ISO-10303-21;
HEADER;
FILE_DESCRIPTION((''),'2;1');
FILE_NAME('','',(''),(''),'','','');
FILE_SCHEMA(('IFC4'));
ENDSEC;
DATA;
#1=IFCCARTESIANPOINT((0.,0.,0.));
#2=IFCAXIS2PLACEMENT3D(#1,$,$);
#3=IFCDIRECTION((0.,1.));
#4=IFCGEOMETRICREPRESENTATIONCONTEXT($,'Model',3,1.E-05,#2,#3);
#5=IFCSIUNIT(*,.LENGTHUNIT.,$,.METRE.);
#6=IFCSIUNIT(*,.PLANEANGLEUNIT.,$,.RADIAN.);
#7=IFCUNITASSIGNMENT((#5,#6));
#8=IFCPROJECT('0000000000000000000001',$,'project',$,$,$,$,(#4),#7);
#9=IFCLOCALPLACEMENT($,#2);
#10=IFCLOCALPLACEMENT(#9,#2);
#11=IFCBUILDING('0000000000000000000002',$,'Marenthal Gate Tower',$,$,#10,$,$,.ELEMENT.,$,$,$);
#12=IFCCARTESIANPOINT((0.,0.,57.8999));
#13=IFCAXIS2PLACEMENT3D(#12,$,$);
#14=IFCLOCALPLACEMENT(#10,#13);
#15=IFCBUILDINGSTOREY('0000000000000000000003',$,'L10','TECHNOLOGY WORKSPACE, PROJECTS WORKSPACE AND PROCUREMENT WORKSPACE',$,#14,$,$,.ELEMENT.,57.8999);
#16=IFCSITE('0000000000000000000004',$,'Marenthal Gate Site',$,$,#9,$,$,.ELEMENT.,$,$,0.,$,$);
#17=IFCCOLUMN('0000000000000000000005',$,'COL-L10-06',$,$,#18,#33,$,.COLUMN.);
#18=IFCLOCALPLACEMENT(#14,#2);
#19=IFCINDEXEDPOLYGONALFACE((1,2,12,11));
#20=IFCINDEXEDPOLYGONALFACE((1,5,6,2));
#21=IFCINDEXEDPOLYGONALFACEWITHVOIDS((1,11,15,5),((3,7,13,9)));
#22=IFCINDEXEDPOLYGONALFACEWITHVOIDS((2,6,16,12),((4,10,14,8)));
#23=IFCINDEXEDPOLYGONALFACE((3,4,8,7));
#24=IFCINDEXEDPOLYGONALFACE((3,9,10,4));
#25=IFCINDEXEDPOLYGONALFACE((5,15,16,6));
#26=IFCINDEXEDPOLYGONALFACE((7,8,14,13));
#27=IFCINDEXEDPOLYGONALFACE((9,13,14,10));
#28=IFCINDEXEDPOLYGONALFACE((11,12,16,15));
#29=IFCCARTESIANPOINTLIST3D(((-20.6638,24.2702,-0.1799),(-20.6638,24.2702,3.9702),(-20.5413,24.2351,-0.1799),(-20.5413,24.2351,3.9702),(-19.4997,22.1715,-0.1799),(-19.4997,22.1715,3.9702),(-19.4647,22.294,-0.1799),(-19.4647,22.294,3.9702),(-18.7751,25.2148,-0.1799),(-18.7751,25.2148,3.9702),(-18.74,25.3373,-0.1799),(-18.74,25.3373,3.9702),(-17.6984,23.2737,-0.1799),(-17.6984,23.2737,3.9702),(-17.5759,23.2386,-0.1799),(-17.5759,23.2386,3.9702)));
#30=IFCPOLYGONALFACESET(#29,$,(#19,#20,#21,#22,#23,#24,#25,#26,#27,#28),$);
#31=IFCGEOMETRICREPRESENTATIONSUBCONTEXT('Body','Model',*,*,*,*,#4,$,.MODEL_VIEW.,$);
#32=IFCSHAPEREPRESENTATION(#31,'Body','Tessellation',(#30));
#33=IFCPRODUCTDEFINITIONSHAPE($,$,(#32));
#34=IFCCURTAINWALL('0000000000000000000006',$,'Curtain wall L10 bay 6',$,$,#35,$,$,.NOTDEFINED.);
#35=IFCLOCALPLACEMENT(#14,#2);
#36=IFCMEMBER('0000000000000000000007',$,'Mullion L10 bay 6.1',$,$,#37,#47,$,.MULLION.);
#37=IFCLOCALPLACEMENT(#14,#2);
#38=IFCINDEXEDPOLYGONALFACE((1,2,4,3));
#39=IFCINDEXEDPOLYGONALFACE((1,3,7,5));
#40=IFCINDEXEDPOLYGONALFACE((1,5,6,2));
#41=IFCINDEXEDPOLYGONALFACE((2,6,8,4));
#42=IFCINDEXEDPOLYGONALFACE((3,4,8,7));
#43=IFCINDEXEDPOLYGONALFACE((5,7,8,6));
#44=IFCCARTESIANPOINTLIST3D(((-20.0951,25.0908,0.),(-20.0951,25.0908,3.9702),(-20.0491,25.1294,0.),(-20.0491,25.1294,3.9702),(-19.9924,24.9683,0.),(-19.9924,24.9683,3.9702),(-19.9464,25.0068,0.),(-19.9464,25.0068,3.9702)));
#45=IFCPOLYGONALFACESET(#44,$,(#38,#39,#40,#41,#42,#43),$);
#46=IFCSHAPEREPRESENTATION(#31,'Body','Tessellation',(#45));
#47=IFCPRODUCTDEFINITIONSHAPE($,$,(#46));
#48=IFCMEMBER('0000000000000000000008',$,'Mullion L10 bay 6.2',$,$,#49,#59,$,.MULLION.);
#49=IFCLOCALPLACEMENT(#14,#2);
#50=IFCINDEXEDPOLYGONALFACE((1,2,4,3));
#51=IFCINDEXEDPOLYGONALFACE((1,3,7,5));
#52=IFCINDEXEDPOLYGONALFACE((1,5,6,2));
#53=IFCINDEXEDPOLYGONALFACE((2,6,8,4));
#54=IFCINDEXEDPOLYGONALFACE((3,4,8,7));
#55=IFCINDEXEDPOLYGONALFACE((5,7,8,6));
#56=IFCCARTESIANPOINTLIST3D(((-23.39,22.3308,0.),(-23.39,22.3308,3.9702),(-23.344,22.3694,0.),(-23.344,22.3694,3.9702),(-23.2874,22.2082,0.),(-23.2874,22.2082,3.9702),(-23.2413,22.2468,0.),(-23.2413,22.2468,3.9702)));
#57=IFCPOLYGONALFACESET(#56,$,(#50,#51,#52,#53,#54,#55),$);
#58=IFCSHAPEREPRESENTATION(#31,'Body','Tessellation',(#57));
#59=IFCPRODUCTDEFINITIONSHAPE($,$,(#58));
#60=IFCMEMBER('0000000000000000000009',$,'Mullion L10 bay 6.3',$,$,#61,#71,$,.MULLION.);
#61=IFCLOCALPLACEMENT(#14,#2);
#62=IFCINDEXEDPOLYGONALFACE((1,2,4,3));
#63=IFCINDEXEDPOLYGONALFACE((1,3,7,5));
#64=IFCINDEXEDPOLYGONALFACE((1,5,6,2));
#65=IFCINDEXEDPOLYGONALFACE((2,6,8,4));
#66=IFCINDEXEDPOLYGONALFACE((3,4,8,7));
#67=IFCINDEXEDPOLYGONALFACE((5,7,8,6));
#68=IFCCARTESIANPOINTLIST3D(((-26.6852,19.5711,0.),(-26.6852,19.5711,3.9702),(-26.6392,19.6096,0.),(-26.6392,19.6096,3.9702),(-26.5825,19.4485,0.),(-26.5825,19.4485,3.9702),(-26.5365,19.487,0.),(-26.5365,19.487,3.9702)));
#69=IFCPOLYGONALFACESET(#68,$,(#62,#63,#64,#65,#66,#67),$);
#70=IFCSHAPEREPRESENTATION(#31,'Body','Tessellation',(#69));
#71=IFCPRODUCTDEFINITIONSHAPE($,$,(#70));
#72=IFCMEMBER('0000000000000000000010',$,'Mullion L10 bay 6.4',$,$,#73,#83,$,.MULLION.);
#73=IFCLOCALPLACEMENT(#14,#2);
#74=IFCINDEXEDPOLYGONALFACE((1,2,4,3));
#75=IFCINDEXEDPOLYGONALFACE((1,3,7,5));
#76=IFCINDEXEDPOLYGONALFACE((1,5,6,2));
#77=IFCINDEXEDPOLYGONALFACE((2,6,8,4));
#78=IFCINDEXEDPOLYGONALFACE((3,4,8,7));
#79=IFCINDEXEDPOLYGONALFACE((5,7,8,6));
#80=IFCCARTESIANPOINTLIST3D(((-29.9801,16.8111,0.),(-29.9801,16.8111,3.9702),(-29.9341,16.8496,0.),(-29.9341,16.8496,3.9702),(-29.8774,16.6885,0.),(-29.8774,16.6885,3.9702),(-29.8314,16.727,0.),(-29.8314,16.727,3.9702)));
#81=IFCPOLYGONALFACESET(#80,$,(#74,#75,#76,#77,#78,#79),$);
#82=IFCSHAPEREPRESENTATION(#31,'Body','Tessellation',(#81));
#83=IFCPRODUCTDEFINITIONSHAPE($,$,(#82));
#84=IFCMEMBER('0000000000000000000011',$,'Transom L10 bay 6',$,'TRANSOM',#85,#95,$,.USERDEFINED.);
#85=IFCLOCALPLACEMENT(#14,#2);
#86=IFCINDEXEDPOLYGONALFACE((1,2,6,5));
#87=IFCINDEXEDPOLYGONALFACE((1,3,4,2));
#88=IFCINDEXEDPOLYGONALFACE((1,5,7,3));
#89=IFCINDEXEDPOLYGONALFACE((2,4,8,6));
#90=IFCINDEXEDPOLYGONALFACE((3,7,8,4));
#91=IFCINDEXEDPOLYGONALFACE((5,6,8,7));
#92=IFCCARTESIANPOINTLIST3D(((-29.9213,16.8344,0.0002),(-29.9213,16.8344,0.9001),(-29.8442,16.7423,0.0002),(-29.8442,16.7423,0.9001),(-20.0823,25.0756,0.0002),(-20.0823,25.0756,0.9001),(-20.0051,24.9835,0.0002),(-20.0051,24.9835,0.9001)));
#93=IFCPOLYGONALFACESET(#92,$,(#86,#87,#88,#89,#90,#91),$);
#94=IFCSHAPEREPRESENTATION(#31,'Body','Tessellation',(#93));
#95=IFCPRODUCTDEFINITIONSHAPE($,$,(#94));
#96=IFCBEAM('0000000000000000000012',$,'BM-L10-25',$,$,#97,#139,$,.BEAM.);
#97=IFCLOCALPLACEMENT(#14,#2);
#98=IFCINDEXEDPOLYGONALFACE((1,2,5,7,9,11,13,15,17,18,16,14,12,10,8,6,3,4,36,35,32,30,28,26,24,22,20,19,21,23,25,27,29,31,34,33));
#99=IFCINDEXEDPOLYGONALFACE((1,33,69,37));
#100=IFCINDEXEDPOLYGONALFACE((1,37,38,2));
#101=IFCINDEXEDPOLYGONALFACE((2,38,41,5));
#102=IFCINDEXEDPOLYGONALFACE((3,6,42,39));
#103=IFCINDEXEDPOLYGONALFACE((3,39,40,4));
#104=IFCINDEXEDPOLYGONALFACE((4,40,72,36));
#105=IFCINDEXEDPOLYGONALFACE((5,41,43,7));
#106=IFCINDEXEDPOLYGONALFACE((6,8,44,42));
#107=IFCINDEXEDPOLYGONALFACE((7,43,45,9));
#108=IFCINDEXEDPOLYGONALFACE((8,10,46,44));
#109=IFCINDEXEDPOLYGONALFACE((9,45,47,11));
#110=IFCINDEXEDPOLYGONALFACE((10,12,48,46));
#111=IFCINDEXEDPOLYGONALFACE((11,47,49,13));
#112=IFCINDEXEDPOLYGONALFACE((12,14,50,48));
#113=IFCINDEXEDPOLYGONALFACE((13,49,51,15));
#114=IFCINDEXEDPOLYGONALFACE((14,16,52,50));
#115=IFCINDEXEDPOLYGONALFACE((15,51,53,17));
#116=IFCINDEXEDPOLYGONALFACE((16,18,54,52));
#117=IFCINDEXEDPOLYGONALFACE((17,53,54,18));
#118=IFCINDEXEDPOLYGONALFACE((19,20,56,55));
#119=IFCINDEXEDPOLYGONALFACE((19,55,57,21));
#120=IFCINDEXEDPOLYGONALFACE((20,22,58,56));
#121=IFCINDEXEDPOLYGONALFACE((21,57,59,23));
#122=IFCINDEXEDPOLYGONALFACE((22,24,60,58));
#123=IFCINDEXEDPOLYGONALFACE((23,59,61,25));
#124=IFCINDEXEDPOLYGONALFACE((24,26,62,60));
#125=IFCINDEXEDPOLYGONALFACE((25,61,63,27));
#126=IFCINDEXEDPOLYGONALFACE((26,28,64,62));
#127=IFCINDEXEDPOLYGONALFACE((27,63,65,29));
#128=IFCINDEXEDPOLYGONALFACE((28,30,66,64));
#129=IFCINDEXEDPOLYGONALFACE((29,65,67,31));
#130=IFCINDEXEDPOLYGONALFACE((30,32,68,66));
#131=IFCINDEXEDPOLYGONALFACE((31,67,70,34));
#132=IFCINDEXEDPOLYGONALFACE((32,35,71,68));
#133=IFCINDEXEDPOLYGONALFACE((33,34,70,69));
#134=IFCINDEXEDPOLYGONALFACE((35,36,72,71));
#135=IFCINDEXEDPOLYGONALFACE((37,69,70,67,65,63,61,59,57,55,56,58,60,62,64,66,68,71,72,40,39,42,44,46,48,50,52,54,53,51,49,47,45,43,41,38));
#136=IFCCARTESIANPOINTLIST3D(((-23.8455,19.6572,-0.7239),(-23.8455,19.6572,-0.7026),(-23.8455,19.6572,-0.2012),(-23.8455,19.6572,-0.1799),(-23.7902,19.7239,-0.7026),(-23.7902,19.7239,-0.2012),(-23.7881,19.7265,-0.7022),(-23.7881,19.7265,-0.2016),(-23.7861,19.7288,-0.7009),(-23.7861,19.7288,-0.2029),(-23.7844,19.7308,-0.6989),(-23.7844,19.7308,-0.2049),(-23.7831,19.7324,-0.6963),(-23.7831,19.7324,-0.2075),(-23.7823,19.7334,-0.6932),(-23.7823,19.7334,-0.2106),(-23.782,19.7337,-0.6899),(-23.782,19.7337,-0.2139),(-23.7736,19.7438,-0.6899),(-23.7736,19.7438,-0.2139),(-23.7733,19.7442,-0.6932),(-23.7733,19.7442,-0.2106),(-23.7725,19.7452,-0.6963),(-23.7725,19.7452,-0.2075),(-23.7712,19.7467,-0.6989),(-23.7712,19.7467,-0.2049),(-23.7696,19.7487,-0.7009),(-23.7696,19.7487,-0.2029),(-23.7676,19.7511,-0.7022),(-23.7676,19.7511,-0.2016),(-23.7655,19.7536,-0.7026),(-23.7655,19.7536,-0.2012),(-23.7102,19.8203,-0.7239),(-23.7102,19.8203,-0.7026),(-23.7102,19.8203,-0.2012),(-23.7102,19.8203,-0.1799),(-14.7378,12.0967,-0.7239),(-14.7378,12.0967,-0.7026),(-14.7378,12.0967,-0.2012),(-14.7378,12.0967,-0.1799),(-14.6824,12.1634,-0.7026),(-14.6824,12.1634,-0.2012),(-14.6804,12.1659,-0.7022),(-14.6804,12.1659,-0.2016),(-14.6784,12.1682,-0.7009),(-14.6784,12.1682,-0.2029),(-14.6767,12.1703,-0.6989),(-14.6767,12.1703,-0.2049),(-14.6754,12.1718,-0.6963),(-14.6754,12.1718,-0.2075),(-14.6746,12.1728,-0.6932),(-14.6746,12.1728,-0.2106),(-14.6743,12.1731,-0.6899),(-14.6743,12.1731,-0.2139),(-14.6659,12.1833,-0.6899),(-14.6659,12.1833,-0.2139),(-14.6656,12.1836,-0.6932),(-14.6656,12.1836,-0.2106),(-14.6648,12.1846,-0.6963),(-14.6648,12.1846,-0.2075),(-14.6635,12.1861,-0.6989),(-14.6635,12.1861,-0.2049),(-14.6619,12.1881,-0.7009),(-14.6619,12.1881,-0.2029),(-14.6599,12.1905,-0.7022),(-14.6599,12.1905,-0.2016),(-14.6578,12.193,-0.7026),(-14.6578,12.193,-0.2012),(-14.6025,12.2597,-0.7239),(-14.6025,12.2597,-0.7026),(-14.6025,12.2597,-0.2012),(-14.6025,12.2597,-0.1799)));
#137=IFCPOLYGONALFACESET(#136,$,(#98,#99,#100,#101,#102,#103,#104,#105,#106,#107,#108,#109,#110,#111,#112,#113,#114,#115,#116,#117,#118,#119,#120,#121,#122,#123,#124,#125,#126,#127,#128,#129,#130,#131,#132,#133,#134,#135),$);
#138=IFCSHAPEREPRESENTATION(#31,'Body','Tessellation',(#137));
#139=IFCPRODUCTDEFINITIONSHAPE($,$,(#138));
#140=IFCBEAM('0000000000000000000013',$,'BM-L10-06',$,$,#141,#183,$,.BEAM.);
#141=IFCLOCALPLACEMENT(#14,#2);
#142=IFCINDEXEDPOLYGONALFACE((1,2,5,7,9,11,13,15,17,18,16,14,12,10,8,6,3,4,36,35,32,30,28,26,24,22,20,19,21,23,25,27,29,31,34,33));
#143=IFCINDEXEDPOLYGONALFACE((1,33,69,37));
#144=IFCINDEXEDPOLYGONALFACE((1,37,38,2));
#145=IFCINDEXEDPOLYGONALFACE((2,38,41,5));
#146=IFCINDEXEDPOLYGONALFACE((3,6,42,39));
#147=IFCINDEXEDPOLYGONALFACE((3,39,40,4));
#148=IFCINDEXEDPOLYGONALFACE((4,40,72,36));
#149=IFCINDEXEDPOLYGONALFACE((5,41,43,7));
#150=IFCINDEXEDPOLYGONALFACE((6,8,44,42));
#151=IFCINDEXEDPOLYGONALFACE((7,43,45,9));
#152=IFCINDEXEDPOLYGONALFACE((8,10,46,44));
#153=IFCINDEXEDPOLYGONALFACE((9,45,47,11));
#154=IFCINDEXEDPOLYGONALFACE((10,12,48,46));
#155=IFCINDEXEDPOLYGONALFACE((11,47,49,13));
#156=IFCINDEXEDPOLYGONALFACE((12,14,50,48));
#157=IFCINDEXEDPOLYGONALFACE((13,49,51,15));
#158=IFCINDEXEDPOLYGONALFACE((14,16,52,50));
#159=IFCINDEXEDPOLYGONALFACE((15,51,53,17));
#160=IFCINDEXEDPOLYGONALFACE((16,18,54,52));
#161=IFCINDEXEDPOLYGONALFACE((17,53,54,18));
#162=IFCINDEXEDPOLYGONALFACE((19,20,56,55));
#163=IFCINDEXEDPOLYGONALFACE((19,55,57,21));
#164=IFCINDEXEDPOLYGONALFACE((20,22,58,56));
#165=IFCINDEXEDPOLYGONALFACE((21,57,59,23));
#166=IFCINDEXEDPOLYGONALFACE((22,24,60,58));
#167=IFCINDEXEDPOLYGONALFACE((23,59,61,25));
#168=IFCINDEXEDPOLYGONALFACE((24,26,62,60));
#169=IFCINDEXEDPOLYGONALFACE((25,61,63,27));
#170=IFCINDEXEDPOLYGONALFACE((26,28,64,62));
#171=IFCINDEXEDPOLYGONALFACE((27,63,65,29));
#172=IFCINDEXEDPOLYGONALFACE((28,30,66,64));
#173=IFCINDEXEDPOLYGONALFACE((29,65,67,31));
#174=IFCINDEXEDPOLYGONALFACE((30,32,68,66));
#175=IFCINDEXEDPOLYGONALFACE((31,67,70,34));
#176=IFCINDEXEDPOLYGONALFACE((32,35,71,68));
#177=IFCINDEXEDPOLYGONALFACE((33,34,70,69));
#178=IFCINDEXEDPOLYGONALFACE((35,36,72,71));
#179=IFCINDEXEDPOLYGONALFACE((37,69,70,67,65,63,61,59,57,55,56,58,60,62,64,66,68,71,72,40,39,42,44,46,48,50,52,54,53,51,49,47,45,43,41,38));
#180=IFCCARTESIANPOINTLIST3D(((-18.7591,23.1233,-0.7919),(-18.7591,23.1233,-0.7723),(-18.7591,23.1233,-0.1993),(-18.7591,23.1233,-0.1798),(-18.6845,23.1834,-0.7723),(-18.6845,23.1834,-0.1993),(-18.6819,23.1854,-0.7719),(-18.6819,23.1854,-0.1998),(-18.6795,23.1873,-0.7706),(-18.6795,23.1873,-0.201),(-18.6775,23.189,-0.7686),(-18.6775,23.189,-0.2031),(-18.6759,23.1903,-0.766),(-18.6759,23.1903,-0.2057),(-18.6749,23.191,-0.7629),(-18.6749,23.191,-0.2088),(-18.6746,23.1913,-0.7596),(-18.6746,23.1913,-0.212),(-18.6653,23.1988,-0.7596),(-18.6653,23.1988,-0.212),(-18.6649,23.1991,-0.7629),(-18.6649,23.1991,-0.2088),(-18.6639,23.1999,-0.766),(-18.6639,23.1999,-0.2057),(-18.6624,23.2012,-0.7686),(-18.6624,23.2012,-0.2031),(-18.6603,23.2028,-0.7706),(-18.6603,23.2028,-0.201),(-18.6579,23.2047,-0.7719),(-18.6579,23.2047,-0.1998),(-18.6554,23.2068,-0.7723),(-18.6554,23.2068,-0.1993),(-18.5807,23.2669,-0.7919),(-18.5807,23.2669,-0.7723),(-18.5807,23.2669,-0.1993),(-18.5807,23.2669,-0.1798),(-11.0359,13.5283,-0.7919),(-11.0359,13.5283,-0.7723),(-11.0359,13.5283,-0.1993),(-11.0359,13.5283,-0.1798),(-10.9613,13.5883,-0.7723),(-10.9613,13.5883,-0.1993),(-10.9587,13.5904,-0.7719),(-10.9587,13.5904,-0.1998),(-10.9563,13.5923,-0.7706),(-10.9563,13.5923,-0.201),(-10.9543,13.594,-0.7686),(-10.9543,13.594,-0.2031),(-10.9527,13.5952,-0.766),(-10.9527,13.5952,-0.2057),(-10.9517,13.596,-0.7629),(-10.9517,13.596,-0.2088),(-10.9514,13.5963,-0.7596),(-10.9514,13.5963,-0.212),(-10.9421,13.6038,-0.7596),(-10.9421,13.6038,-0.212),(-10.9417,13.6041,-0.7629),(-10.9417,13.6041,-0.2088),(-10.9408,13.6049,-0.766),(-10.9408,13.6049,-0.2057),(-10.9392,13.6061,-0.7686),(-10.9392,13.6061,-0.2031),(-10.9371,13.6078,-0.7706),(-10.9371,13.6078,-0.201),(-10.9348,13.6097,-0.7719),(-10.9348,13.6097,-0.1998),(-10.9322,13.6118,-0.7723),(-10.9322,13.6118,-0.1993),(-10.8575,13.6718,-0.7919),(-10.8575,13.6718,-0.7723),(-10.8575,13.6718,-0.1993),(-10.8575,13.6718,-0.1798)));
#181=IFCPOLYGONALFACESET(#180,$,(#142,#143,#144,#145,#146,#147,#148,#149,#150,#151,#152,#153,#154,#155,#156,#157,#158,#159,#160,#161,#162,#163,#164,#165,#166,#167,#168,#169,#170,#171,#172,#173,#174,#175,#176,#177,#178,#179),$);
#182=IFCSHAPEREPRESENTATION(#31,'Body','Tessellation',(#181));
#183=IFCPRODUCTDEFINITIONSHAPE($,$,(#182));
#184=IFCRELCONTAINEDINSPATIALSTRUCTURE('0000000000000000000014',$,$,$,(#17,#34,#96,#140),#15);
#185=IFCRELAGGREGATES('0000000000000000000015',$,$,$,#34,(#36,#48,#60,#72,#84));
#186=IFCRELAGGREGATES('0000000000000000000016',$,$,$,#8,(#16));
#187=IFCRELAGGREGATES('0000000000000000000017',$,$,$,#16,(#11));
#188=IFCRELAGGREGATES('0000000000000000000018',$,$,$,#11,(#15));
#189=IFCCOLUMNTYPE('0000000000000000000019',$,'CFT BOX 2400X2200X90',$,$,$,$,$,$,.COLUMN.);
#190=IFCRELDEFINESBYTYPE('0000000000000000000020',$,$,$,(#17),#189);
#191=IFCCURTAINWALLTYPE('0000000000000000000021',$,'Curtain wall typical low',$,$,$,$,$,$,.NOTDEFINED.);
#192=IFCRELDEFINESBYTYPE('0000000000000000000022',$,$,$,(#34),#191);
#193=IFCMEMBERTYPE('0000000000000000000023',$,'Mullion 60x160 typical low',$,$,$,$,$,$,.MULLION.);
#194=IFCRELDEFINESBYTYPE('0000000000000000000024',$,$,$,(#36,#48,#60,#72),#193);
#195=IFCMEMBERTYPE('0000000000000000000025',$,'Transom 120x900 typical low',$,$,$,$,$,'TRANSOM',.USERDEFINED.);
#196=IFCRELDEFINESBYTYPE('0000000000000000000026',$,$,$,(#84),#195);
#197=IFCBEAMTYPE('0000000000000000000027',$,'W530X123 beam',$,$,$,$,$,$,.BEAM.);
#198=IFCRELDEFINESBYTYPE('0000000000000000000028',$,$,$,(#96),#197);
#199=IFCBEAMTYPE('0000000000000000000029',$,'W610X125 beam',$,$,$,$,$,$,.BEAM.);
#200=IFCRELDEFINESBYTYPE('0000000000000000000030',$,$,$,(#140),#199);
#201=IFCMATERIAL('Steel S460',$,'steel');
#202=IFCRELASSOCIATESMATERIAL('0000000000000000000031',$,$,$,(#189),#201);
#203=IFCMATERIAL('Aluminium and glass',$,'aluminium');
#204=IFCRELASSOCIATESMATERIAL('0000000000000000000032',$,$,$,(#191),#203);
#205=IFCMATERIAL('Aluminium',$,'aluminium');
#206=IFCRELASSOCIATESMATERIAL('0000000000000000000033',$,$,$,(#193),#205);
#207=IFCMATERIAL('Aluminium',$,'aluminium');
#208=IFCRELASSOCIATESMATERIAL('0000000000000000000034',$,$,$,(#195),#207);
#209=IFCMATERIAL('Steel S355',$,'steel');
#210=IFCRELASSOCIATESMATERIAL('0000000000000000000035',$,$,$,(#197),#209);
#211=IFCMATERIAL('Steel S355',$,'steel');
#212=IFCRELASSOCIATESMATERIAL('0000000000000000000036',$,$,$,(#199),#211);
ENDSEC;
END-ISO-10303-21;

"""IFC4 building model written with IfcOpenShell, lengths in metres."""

from ifc_helpers import new_model, si_unit, direction, frame, origin, origin_2d, place, context, subcontext, project, spatial, rectangle, hollow_rectangle, i_section, extrude, material, material_profile, profile_set, type_object, element, aggregate, save


model = new_model("IFC4")

# Units and contexts
model_context = context("Model", 3, precision=1e-05, world=origin(), true_north=direction((0.0, 1.0)))
body_context = subcontext(model_context, "Body", "Model", "MODEL_VIEW")
ifc_project = project(units=[si_unit("LENGTHUNIT", "METRE"), si_unit("PLANEANGLEUNIT", "RADIAN")], contexts=[model_context])

# Site, building, storey
site_placement = place(None, origin())
site = spatial("IfcSite", under=ifc_project, at=site_placement, Name="Marenthal Gate Site", CompositionType="ELEMENT", RefElevation=0.0)
building_placement = place(site_placement, origin())
building = spatial("IfcBuilding", under=site, at=building_placement, Name="Marenthal Gate Tower", CompositionType="ELEMENT")
storey_placement = place(building_placement, frame((0.0, 0.0, 57.8999)))
storey = spatial("IfcBuildingStorey", under=building, at=storey_placement, Name="L10", Description="TECHNOLOGY WORKSPACE, PROJECTS WORKSPACE AND PROCUREMENT WORKSPACE", CompositionType="ELEMENT", Elevation=57.8999)

# Column
ifc_material_1 = material(Name="Steel S460", Category="steel")
ifc_material_profile_1 = material_profile(ifc_material_1, hollow_rectangle(XDim=2.2, YDim=2.3999, WallThickness=0.0901, at=origin_2d()), Name="CFT BOX 2400X2200X90")
ifc_material_2 = material(Name="Concrete 70 MPa", Category="concrete")
ifc_material_profile_2 = material_profile(ifc_material_2, rectangle(XDim=2.02, YDim=2.22, at=origin_2d()), Name="CFT BOX 2400X2200X90 INFILL")
ifc_profile_set_1 = profile_set([ifc_material_profile_1, ifc_material_profile_2], Name="Steel S460 shell, Concrete 70 MPa infill")
column_type = type_object("IfcColumnType", Name="CFT BOX 2400X2200X90", PredefinedType="COLUMN", material=ifc_profile_set_1)
column_placement = place(storey_placement, frame((-19.1199, 23.7544, -0.1799), z_axis=(0.0, 0.0, 1.0), x_axis=(0.874483, 0.485055, 0.0)))
element("IfcColumn", 1, at=column_placement, inside=storey, type_object=column_type, Name="COL-L10-06", PredefinedType="COLUMN", context=body_context, shape_type="SweptSolid", body=[
    extrude(hollow_rectangle(XDim=2.2, YDim=2.3999, WallThickness=0.0901, at=origin_2d()), origin(), (0.0, 0.0, 1.0), 4.1501),
])

# Curtain wall, members
ifc_material_3 = material(Name="Aluminium and glass", Category="aluminium")
curtain_wall_type = type_object("IfcCurtainWallType", Name="Curtain wall typical low", PredefinedType="NOTDEFINED", material=ifc_material_3)
curtain_wall_placement = place(storey_placement, origin())
curtain_wall = element("IfcCurtainWall", 2, at=curtain_wall_placement, inside=storey, type_object=curtain_wall_type, Name="Curtain wall L10 bay 6", PredefinedType="NOTDEFINED")
ifc_material_4 = material(Name="Aluminium", Category="aluminium")
ifc_material_profile_3 = material_profile(ifc_material_4, rectangle(XDim=0.1599, YDim=0.0601, at=origin_2d()), Name="60x160 aluminium mullion")
ifc_profile_set_2 = profile_set([ifc_material_profile_3], Name="Aluminium")
member_type_1 = type_object("IfcMemberType", Name="Mullion 60x160 typical low", PredefinedType="MULLION", material=ifc_profile_set_2)
member_1_placement = place(storey_placement, frame((-20.0208, 25.0488, 0.0), z_axis=(0.0, 0.0, 1.0), x_axis=(0.642112, -0.766611, 0.0)))
member_1 = element("IfcMember", 3, at=member_1_placement, type_object=member_type_1, Name="Mullion L10 bay 6.1", PredefinedType="MULLION", context=body_context, shape_type="SweptSolid", body=[
    extrude(rectangle(XDim=0.1599, YDim=0.0601, at=origin_2d()), origin(), (0.0, 0.0, 1.0), 3.9702),
])
member_2_placement = place(storey_placement, frame((-23.3157, 22.2888, 0.0), z_axis=(0.0, 0.0, 1.0), x_axis=(0.642112, -0.766611, 0.0)))
member_2 = element("IfcMember", 4, at=member_2_placement, type_object=member_type_1, Name="Mullion L10 bay 6.2", PredefinedType="MULLION", context=body_context, shape_type="SweptSolid", body=[
    extrude(rectangle(XDim=0.1599, YDim=0.0601, at=origin_2d()), origin(), (0.0, 0.0, 1.0), 3.9702),
])
member_3_placement = place(storey_placement, frame((-26.6108, 19.5291, 0.0), z_axis=(0.0, 0.0, 1.0), x_axis=(0.642112, -0.766611, 0.0)))
member_3 = element("IfcMember", 5, at=member_3_placement, type_object=member_type_1, Name="Mullion L10 bay 6.3", PredefinedType="MULLION", context=body_context, shape_type="SweptSolid", body=[
    extrude(rectangle(XDim=0.1599, YDim=0.0601, at=origin_2d()), origin(), (0.0, 0.0, 1.0), 3.9702),
])
member_4_placement = place(storey_placement, frame((-29.9058, 16.769, 0.0), z_axis=(0.0, 0.0, 1.0), x_axis=(0.642112, -0.766611, 0.0)))
member_4 = element("IfcMember", 6, at=member_4_placement, type_object=member_type_1, Name="Mullion L10 bay 6.4", PredefinedType="MULLION", context=body_context, shape_type="SweptSolid", body=[
    extrude(rectangle(XDim=0.1599, YDim=0.0601, at=origin_2d()), origin(), (0.0, 0.0, 1.0), 3.9702),
])
ifc_material_5 = material(Name="Aluminium", Category="aluminium")
ifc_material_profile_4 = material_profile(ifc_material_5, rectangle(XDim=0.1201, YDim=0.8999, at=origin_2d()), Name="120x900 aluminium transom")
ifc_profile_set_3 = profile_set([ifc_material_profile_4], Name="Aluminium")
member_type_2 = type_object("IfcMemberType", Name="Transom 120x900 typical low", ElementType="TRANSOM", PredefinedType="USERDEFINED", material=ifc_profile_set_3)
member_5_placement = place(storey_placement, frame((-20.0437, 25.0295, 0.4502), z_axis=(-0.766611, -0.642111, 0.0), x_axis=(0.642111, -0.766611, 0.0)))
member_5 = element("IfcMember", 7, at=member_5_placement, type_object=member_type_2, Name="Transom L10 bay 6", ObjectType="TRANSOM", PredefinedType="USERDEFINED", context=body_context, shape_type="SweptSolid", body=[
    extrude(rectangle(XDim=0.1201, YDim=0.8999, at=origin_2d()), origin(), (0.0, 0.0, 1.0), 12.8345),
])

# Beams
ifc_material_6 = material(Name="Steel S355", Category="steel")
ifc_material_profile_5 = material_profile(ifc_material_6, i_section(OverallWidth=0.2119, OverallDepth=0.5439, WebThickness=0.0132, FlangeThickness=0.0212, FilletRadius=0.0127, at=origin_2d()), Name="W530X123")
ifc_profile_set_4 = profile_set([ifc_material_profile_5], Name="Steel S355")
beam_type_1 = type_object("IfcBeamType", Name="W530X123 beam", PredefinedType="BEAM", material=ifc_profile_set_4)
beam_1_placement = place(storey_placement, frame((-23.7778, 19.7388, -0.4519), z_axis=(0.769432, -0.638729, 0.0), x_axis=(0.638729, 0.769432, 0.0)))
element("IfcBeam", 8, at=beam_1_placement, inside=storey, type_object=beam_type_1, Name="BM-L10-25", PredefinedType="BEAM", context=body_context, shape_type="SweptSolid", body=[
    extrude(i_section(OverallWidth=0.2119, OverallDepth=0.5439, WebThickness=0.0132, FlangeThickness=0.0212, FilletRadius=0.0127, at=origin_2d()), origin(), (0.0, 0.0, 1.0), 11.8369),
])
ifc_material_7 = material(Name="Steel S355", Category="steel")
ifc_material_profile_6 = material_profile(ifc_material_7, i_section(OverallWidth=0.229, OverallDepth=0.6121, WebThickness=0.012, FlangeThickness=0.0195, FilletRadius=0.0127, at=origin_2d()), Name="W610X125")
ifc_profile_set_5 = profile_set([ifc_material_profile_6], Name="Steel S355")
beam_type_2 = type_object("IfcBeamType", Name="W610X125 beam", PredefinedType="BEAM", material=ifc_profile_set_5)
beam_2_placement = place(storey_placement, frame((-18.6699, 23.1951, -0.4858), z_axis=(0.627027, -0.778997, 0.0), x_axis=(0.778997, 0.627027, 0.0)))
element("IfcBeam", 9, at=beam_2_placement, inside=storey, type_object=beam_type_2, Name="BM-L10-06", PredefinedType="BEAM", context=body_context, shape_type="SweptSolid", body=[
    extrude(i_section(OverallWidth=0.229, OverallDepth=0.6121, WebThickness=0.012, FlangeThickness=0.0195, FilletRadius=0.0127, at=origin_2d()), origin(), (0.0, 0.0, 1.0), 12.3171),
])

aggregate(curtain_wall, [member_1, member_2, member_3, member_4, member_5])

save(model, "model.ifc")
